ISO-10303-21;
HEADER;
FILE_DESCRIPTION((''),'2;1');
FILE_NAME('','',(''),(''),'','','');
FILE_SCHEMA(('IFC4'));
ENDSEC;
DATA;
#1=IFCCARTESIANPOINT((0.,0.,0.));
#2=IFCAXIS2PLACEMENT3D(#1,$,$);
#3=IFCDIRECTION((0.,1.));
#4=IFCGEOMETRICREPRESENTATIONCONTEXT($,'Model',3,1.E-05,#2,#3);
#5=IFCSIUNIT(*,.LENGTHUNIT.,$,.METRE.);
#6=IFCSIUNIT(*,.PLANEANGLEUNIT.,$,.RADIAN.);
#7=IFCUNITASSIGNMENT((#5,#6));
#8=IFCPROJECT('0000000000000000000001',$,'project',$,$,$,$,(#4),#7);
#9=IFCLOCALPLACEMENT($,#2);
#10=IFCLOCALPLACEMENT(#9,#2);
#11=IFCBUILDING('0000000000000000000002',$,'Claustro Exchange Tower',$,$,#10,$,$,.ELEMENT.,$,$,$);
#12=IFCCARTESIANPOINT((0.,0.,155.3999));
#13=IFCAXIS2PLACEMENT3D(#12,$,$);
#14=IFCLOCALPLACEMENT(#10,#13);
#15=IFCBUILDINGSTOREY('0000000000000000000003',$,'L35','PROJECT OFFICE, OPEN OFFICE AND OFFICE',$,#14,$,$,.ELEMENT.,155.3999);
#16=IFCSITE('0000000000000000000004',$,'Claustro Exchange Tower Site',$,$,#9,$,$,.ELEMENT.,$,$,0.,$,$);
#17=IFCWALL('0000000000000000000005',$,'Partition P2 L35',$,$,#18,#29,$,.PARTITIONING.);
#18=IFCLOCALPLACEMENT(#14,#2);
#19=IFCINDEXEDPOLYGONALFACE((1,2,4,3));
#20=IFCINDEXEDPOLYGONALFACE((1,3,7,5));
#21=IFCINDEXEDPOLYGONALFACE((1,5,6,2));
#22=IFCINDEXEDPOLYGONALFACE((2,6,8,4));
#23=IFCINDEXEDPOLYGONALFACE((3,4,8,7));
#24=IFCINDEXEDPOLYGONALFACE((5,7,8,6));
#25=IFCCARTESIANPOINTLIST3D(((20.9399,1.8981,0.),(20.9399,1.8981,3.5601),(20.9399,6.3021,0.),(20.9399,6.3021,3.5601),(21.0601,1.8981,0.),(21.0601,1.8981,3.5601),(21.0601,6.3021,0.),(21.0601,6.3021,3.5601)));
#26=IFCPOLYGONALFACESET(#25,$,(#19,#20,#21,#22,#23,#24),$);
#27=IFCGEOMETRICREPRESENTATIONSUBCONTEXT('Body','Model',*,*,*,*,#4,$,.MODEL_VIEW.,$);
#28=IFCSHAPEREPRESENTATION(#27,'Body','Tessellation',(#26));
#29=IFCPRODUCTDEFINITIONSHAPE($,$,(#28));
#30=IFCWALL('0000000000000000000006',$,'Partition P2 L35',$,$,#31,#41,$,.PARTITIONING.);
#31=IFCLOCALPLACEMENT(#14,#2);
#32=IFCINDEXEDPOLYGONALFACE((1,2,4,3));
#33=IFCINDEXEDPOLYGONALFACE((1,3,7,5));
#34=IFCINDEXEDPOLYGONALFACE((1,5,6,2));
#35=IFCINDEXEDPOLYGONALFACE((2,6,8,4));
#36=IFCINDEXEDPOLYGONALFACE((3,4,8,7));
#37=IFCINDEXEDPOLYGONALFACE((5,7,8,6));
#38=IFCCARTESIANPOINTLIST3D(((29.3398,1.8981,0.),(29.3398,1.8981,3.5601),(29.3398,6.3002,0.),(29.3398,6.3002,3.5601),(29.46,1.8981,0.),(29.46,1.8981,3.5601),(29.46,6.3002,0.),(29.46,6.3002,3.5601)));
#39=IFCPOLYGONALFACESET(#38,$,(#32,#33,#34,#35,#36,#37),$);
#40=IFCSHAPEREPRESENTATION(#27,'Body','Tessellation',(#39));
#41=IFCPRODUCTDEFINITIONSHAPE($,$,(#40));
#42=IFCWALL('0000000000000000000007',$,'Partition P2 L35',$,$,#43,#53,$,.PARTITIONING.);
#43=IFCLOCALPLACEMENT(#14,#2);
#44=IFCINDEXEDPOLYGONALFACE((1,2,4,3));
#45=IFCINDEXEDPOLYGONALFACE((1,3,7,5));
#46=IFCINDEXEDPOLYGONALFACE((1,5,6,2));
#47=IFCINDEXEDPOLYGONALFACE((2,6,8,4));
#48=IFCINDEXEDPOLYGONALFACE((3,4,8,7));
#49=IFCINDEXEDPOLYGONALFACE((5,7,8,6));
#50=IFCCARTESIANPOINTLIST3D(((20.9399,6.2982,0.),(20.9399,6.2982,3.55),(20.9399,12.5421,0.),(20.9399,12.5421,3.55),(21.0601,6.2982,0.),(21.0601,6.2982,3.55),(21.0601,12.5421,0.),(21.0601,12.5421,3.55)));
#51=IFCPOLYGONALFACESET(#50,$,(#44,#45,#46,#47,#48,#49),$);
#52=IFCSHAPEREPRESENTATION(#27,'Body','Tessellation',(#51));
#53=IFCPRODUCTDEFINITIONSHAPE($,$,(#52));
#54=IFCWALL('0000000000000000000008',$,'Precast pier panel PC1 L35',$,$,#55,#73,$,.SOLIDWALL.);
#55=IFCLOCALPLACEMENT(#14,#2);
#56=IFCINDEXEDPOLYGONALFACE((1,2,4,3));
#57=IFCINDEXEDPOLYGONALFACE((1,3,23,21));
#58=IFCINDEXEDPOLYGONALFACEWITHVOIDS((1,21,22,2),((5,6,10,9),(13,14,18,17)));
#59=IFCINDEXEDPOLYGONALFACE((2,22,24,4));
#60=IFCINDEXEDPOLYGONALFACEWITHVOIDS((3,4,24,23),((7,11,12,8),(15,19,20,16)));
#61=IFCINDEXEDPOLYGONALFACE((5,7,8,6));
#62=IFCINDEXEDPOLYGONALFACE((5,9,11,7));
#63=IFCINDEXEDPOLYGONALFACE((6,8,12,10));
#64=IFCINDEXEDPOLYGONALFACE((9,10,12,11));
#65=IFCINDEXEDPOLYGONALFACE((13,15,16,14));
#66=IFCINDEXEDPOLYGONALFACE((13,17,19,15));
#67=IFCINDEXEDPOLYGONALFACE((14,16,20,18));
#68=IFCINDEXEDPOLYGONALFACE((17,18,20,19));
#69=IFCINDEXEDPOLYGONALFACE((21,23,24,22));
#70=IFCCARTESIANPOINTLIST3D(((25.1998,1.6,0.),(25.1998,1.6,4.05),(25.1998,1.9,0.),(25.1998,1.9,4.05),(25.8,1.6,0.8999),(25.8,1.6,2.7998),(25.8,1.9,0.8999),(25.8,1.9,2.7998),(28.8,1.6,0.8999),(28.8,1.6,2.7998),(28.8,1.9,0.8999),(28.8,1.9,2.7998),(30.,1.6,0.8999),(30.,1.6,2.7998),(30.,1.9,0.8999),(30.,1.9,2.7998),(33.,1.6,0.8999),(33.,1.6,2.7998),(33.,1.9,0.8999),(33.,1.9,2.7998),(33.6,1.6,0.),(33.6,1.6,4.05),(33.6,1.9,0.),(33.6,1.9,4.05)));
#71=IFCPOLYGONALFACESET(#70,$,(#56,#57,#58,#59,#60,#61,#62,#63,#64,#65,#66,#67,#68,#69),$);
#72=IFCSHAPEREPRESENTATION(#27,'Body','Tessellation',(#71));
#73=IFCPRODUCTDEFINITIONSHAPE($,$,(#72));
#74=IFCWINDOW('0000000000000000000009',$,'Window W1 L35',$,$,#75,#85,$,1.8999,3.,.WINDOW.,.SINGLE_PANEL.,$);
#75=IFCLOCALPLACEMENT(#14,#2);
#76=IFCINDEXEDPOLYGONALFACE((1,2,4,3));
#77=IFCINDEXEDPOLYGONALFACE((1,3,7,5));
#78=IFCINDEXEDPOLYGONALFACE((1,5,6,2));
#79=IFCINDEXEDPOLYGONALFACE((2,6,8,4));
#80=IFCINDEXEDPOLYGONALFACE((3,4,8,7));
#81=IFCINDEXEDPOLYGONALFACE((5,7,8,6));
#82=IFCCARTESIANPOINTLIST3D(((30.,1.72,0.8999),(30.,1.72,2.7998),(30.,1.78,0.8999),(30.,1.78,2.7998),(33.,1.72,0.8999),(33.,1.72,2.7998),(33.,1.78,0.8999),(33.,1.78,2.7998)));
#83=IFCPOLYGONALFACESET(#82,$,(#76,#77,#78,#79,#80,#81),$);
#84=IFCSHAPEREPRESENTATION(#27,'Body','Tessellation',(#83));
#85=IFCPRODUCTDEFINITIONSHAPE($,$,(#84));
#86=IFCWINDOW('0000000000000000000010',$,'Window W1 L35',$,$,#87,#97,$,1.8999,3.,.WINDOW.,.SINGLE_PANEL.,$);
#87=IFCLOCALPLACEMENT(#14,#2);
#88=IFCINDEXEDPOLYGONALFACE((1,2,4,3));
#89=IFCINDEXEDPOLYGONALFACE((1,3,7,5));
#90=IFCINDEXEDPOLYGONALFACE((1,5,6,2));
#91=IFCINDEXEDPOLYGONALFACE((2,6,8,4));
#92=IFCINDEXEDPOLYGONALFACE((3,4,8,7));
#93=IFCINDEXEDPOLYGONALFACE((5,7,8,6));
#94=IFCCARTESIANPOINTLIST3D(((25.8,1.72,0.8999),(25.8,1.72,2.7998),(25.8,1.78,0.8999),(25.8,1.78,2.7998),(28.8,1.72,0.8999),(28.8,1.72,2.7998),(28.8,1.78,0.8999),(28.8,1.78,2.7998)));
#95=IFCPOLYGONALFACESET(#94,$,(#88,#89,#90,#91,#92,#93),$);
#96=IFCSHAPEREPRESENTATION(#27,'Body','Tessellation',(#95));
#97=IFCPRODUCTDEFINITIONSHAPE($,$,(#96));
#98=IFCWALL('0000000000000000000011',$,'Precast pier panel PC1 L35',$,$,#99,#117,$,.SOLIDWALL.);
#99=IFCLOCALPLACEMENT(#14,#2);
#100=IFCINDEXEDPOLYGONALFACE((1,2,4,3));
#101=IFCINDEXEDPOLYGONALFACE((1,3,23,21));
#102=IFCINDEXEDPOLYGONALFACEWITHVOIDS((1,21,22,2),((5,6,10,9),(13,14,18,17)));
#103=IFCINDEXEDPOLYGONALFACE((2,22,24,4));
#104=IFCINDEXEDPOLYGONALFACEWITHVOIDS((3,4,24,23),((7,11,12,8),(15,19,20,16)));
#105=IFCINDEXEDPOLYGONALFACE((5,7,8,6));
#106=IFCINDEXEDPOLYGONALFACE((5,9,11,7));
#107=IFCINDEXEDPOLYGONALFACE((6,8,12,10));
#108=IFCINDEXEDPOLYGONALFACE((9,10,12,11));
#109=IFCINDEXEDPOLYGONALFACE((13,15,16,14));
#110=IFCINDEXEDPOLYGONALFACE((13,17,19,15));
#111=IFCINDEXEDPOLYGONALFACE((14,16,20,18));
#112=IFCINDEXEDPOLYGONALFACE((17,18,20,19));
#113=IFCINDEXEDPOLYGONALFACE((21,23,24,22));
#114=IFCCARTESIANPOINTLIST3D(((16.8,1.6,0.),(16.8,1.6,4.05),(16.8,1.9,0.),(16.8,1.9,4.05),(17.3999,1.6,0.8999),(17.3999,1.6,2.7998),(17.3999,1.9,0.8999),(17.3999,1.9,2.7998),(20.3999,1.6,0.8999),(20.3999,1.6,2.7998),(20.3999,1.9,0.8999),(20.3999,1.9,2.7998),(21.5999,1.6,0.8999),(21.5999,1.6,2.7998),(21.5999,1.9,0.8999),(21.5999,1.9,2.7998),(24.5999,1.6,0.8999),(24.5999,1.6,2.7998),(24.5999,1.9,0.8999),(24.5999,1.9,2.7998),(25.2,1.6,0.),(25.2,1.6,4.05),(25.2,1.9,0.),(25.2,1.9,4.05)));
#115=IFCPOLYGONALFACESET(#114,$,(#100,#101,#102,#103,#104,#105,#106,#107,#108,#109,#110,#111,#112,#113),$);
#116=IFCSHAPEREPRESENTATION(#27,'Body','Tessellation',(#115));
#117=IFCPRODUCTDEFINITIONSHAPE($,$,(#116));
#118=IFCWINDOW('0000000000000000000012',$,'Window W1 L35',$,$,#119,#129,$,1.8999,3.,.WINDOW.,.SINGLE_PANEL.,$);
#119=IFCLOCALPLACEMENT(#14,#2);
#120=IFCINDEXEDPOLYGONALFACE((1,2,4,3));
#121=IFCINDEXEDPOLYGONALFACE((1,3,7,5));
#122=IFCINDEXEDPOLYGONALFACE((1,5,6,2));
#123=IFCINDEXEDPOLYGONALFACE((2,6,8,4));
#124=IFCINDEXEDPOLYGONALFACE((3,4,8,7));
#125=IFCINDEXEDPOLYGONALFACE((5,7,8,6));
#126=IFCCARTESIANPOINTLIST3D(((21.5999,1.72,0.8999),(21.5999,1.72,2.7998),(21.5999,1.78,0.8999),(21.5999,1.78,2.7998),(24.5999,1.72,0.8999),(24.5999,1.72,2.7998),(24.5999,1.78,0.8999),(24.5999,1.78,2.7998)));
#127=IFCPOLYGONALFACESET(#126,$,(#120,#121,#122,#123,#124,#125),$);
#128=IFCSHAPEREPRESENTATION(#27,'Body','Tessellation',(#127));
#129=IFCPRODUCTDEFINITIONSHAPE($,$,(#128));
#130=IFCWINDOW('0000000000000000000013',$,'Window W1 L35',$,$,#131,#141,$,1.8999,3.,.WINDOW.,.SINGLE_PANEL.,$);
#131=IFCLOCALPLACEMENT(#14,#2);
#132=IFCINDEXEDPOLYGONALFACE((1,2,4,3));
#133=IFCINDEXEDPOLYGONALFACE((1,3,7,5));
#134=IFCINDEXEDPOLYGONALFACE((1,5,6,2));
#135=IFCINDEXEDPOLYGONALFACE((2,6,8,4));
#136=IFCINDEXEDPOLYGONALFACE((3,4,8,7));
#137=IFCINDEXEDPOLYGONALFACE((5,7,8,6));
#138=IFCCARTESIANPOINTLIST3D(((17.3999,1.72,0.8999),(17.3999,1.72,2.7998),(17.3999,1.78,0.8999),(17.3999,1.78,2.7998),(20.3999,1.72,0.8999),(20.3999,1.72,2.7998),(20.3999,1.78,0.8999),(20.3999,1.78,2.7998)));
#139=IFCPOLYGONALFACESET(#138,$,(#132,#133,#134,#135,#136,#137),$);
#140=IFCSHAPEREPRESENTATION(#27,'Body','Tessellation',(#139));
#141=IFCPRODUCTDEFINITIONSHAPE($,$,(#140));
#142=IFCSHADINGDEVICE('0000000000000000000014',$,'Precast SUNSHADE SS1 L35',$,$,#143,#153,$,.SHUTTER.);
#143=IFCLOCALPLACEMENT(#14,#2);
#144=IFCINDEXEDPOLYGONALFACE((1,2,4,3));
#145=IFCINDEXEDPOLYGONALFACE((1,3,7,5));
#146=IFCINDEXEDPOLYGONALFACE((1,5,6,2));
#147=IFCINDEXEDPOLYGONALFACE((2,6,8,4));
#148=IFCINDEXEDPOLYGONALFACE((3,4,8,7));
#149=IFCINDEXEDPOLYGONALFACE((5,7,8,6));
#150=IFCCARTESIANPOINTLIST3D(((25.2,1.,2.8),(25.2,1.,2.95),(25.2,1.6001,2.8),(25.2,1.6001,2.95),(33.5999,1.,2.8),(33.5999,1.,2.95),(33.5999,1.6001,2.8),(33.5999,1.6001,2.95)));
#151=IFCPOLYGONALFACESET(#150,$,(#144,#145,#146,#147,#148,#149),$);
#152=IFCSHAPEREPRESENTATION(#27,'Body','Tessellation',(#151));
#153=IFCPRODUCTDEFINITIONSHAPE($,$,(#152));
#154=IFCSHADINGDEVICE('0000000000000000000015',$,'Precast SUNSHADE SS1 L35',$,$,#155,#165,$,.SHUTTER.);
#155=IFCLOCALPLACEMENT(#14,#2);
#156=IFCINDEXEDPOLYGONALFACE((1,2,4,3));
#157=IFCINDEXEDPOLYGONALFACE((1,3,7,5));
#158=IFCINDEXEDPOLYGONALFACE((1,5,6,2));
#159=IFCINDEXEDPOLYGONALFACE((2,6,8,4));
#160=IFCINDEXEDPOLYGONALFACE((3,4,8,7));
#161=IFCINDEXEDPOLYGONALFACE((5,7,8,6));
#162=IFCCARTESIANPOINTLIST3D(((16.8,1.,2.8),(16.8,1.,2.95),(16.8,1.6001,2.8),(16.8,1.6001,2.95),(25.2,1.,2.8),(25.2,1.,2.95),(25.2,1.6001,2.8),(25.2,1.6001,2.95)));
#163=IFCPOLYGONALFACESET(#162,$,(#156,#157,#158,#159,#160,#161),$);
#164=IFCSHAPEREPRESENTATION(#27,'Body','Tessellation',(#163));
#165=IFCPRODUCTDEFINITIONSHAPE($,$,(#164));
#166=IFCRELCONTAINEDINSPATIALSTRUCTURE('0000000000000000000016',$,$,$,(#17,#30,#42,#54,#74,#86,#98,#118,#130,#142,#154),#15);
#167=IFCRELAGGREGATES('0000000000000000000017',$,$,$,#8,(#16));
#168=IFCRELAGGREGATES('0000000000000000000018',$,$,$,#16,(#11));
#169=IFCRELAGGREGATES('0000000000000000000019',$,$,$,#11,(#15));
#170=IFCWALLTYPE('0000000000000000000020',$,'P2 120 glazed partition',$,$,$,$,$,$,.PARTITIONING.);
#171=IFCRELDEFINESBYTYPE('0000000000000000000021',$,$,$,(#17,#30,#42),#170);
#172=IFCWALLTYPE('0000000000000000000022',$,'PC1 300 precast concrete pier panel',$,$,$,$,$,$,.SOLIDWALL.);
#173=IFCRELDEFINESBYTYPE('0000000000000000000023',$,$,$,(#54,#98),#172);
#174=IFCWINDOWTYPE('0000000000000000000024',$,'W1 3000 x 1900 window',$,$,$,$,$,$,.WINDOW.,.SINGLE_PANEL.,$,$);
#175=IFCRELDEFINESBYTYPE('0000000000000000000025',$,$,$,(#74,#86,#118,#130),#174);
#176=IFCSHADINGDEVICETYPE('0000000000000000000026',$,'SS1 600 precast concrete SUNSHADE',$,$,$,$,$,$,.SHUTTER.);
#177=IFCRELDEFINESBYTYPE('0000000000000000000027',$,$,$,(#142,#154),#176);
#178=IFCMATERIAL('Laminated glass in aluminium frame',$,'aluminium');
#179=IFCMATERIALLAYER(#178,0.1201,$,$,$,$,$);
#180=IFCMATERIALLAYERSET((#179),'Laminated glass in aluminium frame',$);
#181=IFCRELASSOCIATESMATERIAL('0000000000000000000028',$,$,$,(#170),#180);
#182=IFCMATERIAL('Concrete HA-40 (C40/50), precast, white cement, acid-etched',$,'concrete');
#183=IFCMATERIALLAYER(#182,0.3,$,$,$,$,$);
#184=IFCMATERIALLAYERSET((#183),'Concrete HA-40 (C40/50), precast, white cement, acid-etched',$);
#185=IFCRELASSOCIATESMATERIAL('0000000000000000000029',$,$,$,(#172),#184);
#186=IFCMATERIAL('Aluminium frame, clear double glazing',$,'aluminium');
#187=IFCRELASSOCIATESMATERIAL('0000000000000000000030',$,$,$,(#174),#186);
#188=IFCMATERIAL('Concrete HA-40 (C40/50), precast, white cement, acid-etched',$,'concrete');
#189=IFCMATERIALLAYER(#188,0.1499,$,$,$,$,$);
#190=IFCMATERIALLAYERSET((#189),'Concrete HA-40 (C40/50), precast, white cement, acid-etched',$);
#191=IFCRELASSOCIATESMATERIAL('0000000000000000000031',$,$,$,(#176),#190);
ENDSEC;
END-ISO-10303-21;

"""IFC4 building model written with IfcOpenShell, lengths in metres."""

from ifc_helpers import new_model, si_unit, direction, frame, frame_2d, origin, origin_2d, place, context, subcontext, project, spatial, rectangle, extrude, material, layer, layer_set, type_object, element, fill, save


model = new_model("IFC4")

# Units and contexts
model_context = context("Model", 3, precision=1e-05, world=origin(), true_north=direction((0.0, 1.0)))
body_context = subcontext(model_context, "Body", "Model", "MODEL_VIEW")
ifc_project = project(units=[si_unit("LENGTHUNIT", "METRE"), si_unit("PLANEANGLEUNIT", "RADIAN")], contexts=[model_context])

# Site, building, storey
site_placement = place(None, origin())
site = spatial("IfcSite", under=ifc_project, at=site_placement, Name="Claustro Exchange Tower Site", CompositionType="ELEMENT", RefElevation=0.0)
building_placement = place(site_placement, origin())
building = spatial("IfcBuilding", under=site, at=building_placement, Name="Claustro Exchange Tower", CompositionType="ELEMENT")
storey_placement = place(building_placement, frame((0.0, 0.0, 155.3999)))
storey = spatial("IfcBuildingStorey", under=building, at=storey_placement, Name="L35", Description="PROJECT OFFICE, OPEN OFFICE AND OFFICE", CompositionType="ELEMENT", Elevation=155.3999)

# Shared definitions
ifc_material_1 = material(Name="Laminated glass in aluminium frame", Category="aluminium")
ifc_layer_1 = layer(ifc_material_1, 0.1201)
ifc_layer_set_1 = layer_set([ifc_layer_1], Name="Laminated glass in aluminium frame")
wall_type_1 = type_object("IfcWallType", Name="P2 120 glazed partition", PredefinedType="PARTITIONING", material=ifc_layer_set_1)

# Walls
wall_1_placement = place(storey_placement, frame((21.0, 1.8979, 0.0), z_axis=(0.0, 0.0, 1.0), x_axis=(0.0, 1.0, 0.0)))
element("IfcWall", 1, at=wall_1_placement, inside=storey, type_object=wall_type_1, Name="Partition P2 L35", PredefinedType="PARTITIONING", context=body_context, shape_type="SweptSolid", body=[
    extrude(rectangle(XDim=4.4041, YDim=0.1201, at=frame_2d((2.2021, 0.0))), origin(), (0.0, 0.0, 1.0), 3.5601),
])
wall_2_placement = place(storey_placement, frame((29.3999, 1.8979, 0.0), z_axis=(0.0, 0.0, 1.0), x_axis=(0.0, 1.0, 0.0)))
element("IfcWall", 2, at=wall_2_placement, inside=storey, type_object=wall_type_1, Name="Partition P2 L35", PredefinedType="PARTITIONING", context=body_context, shape_type="SweptSolid", body=[
    extrude(rectangle(XDim=4.4021, YDim=0.1201, at=frame_2d((2.2012, 0.0))), origin(), (0.0, 0.0, 1.0), 3.5601),
])
wall_3_placement = place(storey_placement, frame((21.0, 6.2981, 0.0), z_axis=(0.0, 0.0, 1.0), x_axis=(0.0, 1.0, 0.0)))
element("IfcWall", 3, at=wall_3_placement, inside=storey, type_object=wall_type_1, Name="Partition P2 L35", PredefinedType="PARTITIONING", context=body_context, shape_type="SweptSolid", body=[
    extrude(rectangle(XDim=6.2439, YDim=0.1201, at=frame_2d((3.1221, 0.0))), origin(), (0.0, 0.0, 1.0), 3.55),
])

# Walls, openings, windows
ifc_material_2 = material(Name="Concrete HA-40 (C40/50), precast, white cement, acid-etched", Category="concrete")
ifc_layer_2 = layer(ifc_material_2, 0.3)
ifc_layer_set_2 = layer_set([ifc_layer_2], Name="Concrete HA-40 (C40/50), precast, white cement, acid-etched")
wall_type_2 = type_object("IfcWallType", Name="PC1 300 precast concrete pier panel", PredefinedType="SOLIDWALL", material=ifc_layer_set_2)
wall_4_placement = place(storey_placement, frame((33.6001, 1.75, 0.0), z_axis=(0.0, 0.0, 1.0), x_axis=(-1.0, 0.0, 0.0)))
wall_4 = element("IfcWall", 4, at=wall_4_placement, inside=storey, type_object=wall_type_2, Name="Precast pier panel PC1 L35", PredefinedType="SOLIDWALL", context=body_context, shape_type="SweptSolid", body=[
    extrude(rectangle(XDim=8.4001, YDim=0.3, at=frame_2d((4.2002, 0.0))), origin(), (0.0, 0.0, 1.0), 4.05),
])
opening_1_placement = place(wall_4_placement, frame((0.6001, 0.0, 0.8999)))
opening_1 = element("IfcOpeningElement", 5, at=opening_1_placement, cuts=wall_4, PredefinedType="OPENING", context=body_context, shape_type="SweptSolid", body=[
    extrude(rectangle(XDim=3.0, YDim=1.8999, at=frame_2d((1.5, 0.95))), frame((0.0, 0.1599, 0.0), z_axis=(0.0, -1.0, 0.0), x_axis=(1.0, 0.0, 0.0)), (0.0, 0.0, 1.0), 0.3201),
])
opening_2_placement = place(wall_4_placement, frame((4.8, 0.0, 0.8999)))
opening_2 = element("IfcOpeningElement", 6, at=opening_2_placement, cuts=wall_4, PredefinedType="OPENING", context=body_context, shape_type="SweptSolid", body=[
    extrude(rectangle(XDim=3.0, YDim=1.8999, at=frame_2d((1.5, 0.95))), frame((0.0, 0.1599, 0.0), z_axis=(0.0, -1.0, 0.0), x_axis=(1.0, 0.0, 0.0)), (0.0, 0.0, 1.0), 0.3201),
])
ifc_material_3 = material(Name="Aluminium frame, clear double glazing", Category="aluminium")
window_type = type_object("IfcWindowType", Name="W1 3000 x 1900 window", PartitioningType="SINGLE_PANEL", PredefinedType="WINDOW", material=ifc_material_3)
window_1_placement = place(opening_1_placement, origin())
window_1 = element("IfcWindow", 7, at=window_1_placement, inside=storey, type_object=window_type, Name="Window W1 L35", OverallHeight=1.8999, OverallWidth=3.0, PartitioningType="SINGLE_PANEL", PredefinedType="WINDOW", context=body_context, shape_type="SweptSolid", body=[
    extrude(rectangle(XDim=3.0, YDim=1.8999, at=frame_2d((1.5, 0.95))), frame((0.0, 0.03, 0.0), z_axis=(0.0, -1.0, 0.0), x_axis=(1.0, 0.0, 0.0)), (0.0, 0.0, 1.0), 0.0601),
])
fill(opening_1, window_1)
window_2_placement = place(opening_2_placement, origin())
window_2 = element("IfcWindow", 8, at=window_2_placement, inside=storey, type_object=window_type, Name="Window W1 L35", OverallHeight=1.8999, OverallWidth=3.0, PartitioningType="SINGLE_PANEL", PredefinedType="WINDOW", context=body_context, shape_type="SweptSolid", body=[
    extrude(rectangle(XDim=3.0, YDim=1.8999, at=frame_2d((1.5, 0.95))), frame((0.0, 0.03, 0.0), z_axis=(0.0, -1.0, 0.0), x_axis=(1.0, 0.0, 0.0)), (0.0, 0.0, 1.0), 0.0601),
])
fill(opening_2, window_2)
wall_5_placement = place(storey_placement, frame((25.2, 1.75, 0.0), z_axis=(0.0, 0.0, 1.0), x_axis=(-1.0, 0.0, 0.0)))
wall_5 = element("IfcWall", 9, at=wall_5_placement, inside=storey, type_object=wall_type_2, Name="Precast pier panel PC1 L35", PredefinedType="SOLIDWALL", context=body_context, shape_type="SweptSolid", body=[
    extrude(rectangle(XDim=8.3999, YDim=0.3, at=frame_2d((4.2, 0.0))), origin(), (0.0, 0.0, 1.0), 4.05),
])
opening_3_placement = place(wall_5_placement, frame((0.6001, 0.0, 0.8999)))
opening_3 = element("IfcOpeningElement", 10, at=opening_3_placement, cuts=wall_5, PredefinedType="OPENING", context=body_context, shape_type="SweptSolid", body=[
    extrude(rectangle(XDim=3.0, YDim=1.8999, at=frame_2d((1.5, 0.95))), frame((0.0, 0.1599, 0.0), z_axis=(0.0, -1.0, 0.0), x_axis=(1.0, 0.0, 0.0)), (0.0, 0.0, 1.0), 0.3201),
])
opening_4_placement = place(wall_5_placement, frame((4.8, 0.0, 0.8999)))
opening_4 = element("IfcOpeningElement", 11, at=opening_4_placement, cuts=wall_5, PredefinedType="OPENING", context=body_context, shape_type="SweptSolid", body=[
    extrude(rectangle(XDim=3.0, YDim=1.8999, at=frame_2d((1.5, 0.95))), frame((0.0, 0.1599, 0.0), z_axis=(0.0, -1.0, 0.0), x_axis=(1.0, 0.0, 0.0)), (0.0, 0.0, 1.0), 0.3201),
])
window_3_placement = place(opening_3_placement, origin())
window_3 = element("IfcWindow", 12, at=window_3_placement, inside=storey, type_object=window_type, Name="Window W1 L35", OverallHeight=1.8999, OverallWidth=3.0, PartitioningType="SINGLE_PANEL", PredefinedType="WINDOW", context=body_context, shape_type="SweptSolid", body=[
    extrude(rectangle(XDim=3.0, YDim=1.8999, at=frame_2d((1.5, 0.95))), frame((0.0, 0.03, 0.0), z_axis=(0.0, -1.0, 0.0), x_axis=(1.0, 0.0, 0.0)), (0.0, 0.0, 1.0), 0.0601),
])
fill(opening_3, window_3)
window_4_placement = place(opening_4_placement, origin())
window_4 = element("IfcWindow", 13, at=window_4_placement, inside=storey, type_object=window_type, Name="Window W1 L35", OverallHeight=1.8999, OverallWidth=3.0, PartitioningType="SINGLE_PANEL", PredefinedType="WINDOW", context=body_context, shape_type="SweptSolid", body=[
    extrude(rectangle(XDim=3.0, YDim=1.8999, at=frame_2d((1.5, 0.95))), frame((0.0, 0.03, 0.0), z_axis=(0.0, -1.0, 0.0), x_axis=(1.0, 0.0, 0.0)), (0.0, 0.0, 1.0), 0.0601),
])
fill(opening_4, window_4)

# Shading devices
ifc_material_4 = material(Name="Concrete HA-40 (C40/50), precast, white cement, acid-etched", Category="concrete")
ifc_layer_3 = layer(ifc_material_4, 0.1499)
ifc_layer_set_3 = layer_set([ifc_layer_3], Name="Concrete HA-40 (C40/50), precast, white cement, acid-etched")
shading_device_type = type_object("IfcShadingDeviceType", Name="SS1 600 precast concrete SUNSHADE", PredefinedType="SHUTTER", material=ifc_layer_set_3)
for number, where, z_axis, x_axis, name in (
    (14, (29.3999, 1.3, 2.8), (0.0, 0.0, 1.0), (-1.0, 0.0, 0.0), "Precast SUNSHADE SS1 L35"),
    (15, (21.0, 1.3, 2.8), (0.0, 0.0, 1.0), (-1.0, 0.0, 0.0), "Precast SUNSHADE SS1 L35"),
):
    element("IfcShadingDevice", number, at=place(storey_placement, frame(where, z_axis=z_axis, x_axis=x_axis)), inside=storey, type_object=shading_device_type, Name=name, PredefinedType="SHUTTER", context=body_context, shape_type="SweptSolid", body=[
        extrude(rectangle(XDim=8.3999, YDim=0.6001, at=origin_2d()), origin(), (0.0, 0.0, 1.0), 0.1499),
    ])

save(model, "model.ifc")
